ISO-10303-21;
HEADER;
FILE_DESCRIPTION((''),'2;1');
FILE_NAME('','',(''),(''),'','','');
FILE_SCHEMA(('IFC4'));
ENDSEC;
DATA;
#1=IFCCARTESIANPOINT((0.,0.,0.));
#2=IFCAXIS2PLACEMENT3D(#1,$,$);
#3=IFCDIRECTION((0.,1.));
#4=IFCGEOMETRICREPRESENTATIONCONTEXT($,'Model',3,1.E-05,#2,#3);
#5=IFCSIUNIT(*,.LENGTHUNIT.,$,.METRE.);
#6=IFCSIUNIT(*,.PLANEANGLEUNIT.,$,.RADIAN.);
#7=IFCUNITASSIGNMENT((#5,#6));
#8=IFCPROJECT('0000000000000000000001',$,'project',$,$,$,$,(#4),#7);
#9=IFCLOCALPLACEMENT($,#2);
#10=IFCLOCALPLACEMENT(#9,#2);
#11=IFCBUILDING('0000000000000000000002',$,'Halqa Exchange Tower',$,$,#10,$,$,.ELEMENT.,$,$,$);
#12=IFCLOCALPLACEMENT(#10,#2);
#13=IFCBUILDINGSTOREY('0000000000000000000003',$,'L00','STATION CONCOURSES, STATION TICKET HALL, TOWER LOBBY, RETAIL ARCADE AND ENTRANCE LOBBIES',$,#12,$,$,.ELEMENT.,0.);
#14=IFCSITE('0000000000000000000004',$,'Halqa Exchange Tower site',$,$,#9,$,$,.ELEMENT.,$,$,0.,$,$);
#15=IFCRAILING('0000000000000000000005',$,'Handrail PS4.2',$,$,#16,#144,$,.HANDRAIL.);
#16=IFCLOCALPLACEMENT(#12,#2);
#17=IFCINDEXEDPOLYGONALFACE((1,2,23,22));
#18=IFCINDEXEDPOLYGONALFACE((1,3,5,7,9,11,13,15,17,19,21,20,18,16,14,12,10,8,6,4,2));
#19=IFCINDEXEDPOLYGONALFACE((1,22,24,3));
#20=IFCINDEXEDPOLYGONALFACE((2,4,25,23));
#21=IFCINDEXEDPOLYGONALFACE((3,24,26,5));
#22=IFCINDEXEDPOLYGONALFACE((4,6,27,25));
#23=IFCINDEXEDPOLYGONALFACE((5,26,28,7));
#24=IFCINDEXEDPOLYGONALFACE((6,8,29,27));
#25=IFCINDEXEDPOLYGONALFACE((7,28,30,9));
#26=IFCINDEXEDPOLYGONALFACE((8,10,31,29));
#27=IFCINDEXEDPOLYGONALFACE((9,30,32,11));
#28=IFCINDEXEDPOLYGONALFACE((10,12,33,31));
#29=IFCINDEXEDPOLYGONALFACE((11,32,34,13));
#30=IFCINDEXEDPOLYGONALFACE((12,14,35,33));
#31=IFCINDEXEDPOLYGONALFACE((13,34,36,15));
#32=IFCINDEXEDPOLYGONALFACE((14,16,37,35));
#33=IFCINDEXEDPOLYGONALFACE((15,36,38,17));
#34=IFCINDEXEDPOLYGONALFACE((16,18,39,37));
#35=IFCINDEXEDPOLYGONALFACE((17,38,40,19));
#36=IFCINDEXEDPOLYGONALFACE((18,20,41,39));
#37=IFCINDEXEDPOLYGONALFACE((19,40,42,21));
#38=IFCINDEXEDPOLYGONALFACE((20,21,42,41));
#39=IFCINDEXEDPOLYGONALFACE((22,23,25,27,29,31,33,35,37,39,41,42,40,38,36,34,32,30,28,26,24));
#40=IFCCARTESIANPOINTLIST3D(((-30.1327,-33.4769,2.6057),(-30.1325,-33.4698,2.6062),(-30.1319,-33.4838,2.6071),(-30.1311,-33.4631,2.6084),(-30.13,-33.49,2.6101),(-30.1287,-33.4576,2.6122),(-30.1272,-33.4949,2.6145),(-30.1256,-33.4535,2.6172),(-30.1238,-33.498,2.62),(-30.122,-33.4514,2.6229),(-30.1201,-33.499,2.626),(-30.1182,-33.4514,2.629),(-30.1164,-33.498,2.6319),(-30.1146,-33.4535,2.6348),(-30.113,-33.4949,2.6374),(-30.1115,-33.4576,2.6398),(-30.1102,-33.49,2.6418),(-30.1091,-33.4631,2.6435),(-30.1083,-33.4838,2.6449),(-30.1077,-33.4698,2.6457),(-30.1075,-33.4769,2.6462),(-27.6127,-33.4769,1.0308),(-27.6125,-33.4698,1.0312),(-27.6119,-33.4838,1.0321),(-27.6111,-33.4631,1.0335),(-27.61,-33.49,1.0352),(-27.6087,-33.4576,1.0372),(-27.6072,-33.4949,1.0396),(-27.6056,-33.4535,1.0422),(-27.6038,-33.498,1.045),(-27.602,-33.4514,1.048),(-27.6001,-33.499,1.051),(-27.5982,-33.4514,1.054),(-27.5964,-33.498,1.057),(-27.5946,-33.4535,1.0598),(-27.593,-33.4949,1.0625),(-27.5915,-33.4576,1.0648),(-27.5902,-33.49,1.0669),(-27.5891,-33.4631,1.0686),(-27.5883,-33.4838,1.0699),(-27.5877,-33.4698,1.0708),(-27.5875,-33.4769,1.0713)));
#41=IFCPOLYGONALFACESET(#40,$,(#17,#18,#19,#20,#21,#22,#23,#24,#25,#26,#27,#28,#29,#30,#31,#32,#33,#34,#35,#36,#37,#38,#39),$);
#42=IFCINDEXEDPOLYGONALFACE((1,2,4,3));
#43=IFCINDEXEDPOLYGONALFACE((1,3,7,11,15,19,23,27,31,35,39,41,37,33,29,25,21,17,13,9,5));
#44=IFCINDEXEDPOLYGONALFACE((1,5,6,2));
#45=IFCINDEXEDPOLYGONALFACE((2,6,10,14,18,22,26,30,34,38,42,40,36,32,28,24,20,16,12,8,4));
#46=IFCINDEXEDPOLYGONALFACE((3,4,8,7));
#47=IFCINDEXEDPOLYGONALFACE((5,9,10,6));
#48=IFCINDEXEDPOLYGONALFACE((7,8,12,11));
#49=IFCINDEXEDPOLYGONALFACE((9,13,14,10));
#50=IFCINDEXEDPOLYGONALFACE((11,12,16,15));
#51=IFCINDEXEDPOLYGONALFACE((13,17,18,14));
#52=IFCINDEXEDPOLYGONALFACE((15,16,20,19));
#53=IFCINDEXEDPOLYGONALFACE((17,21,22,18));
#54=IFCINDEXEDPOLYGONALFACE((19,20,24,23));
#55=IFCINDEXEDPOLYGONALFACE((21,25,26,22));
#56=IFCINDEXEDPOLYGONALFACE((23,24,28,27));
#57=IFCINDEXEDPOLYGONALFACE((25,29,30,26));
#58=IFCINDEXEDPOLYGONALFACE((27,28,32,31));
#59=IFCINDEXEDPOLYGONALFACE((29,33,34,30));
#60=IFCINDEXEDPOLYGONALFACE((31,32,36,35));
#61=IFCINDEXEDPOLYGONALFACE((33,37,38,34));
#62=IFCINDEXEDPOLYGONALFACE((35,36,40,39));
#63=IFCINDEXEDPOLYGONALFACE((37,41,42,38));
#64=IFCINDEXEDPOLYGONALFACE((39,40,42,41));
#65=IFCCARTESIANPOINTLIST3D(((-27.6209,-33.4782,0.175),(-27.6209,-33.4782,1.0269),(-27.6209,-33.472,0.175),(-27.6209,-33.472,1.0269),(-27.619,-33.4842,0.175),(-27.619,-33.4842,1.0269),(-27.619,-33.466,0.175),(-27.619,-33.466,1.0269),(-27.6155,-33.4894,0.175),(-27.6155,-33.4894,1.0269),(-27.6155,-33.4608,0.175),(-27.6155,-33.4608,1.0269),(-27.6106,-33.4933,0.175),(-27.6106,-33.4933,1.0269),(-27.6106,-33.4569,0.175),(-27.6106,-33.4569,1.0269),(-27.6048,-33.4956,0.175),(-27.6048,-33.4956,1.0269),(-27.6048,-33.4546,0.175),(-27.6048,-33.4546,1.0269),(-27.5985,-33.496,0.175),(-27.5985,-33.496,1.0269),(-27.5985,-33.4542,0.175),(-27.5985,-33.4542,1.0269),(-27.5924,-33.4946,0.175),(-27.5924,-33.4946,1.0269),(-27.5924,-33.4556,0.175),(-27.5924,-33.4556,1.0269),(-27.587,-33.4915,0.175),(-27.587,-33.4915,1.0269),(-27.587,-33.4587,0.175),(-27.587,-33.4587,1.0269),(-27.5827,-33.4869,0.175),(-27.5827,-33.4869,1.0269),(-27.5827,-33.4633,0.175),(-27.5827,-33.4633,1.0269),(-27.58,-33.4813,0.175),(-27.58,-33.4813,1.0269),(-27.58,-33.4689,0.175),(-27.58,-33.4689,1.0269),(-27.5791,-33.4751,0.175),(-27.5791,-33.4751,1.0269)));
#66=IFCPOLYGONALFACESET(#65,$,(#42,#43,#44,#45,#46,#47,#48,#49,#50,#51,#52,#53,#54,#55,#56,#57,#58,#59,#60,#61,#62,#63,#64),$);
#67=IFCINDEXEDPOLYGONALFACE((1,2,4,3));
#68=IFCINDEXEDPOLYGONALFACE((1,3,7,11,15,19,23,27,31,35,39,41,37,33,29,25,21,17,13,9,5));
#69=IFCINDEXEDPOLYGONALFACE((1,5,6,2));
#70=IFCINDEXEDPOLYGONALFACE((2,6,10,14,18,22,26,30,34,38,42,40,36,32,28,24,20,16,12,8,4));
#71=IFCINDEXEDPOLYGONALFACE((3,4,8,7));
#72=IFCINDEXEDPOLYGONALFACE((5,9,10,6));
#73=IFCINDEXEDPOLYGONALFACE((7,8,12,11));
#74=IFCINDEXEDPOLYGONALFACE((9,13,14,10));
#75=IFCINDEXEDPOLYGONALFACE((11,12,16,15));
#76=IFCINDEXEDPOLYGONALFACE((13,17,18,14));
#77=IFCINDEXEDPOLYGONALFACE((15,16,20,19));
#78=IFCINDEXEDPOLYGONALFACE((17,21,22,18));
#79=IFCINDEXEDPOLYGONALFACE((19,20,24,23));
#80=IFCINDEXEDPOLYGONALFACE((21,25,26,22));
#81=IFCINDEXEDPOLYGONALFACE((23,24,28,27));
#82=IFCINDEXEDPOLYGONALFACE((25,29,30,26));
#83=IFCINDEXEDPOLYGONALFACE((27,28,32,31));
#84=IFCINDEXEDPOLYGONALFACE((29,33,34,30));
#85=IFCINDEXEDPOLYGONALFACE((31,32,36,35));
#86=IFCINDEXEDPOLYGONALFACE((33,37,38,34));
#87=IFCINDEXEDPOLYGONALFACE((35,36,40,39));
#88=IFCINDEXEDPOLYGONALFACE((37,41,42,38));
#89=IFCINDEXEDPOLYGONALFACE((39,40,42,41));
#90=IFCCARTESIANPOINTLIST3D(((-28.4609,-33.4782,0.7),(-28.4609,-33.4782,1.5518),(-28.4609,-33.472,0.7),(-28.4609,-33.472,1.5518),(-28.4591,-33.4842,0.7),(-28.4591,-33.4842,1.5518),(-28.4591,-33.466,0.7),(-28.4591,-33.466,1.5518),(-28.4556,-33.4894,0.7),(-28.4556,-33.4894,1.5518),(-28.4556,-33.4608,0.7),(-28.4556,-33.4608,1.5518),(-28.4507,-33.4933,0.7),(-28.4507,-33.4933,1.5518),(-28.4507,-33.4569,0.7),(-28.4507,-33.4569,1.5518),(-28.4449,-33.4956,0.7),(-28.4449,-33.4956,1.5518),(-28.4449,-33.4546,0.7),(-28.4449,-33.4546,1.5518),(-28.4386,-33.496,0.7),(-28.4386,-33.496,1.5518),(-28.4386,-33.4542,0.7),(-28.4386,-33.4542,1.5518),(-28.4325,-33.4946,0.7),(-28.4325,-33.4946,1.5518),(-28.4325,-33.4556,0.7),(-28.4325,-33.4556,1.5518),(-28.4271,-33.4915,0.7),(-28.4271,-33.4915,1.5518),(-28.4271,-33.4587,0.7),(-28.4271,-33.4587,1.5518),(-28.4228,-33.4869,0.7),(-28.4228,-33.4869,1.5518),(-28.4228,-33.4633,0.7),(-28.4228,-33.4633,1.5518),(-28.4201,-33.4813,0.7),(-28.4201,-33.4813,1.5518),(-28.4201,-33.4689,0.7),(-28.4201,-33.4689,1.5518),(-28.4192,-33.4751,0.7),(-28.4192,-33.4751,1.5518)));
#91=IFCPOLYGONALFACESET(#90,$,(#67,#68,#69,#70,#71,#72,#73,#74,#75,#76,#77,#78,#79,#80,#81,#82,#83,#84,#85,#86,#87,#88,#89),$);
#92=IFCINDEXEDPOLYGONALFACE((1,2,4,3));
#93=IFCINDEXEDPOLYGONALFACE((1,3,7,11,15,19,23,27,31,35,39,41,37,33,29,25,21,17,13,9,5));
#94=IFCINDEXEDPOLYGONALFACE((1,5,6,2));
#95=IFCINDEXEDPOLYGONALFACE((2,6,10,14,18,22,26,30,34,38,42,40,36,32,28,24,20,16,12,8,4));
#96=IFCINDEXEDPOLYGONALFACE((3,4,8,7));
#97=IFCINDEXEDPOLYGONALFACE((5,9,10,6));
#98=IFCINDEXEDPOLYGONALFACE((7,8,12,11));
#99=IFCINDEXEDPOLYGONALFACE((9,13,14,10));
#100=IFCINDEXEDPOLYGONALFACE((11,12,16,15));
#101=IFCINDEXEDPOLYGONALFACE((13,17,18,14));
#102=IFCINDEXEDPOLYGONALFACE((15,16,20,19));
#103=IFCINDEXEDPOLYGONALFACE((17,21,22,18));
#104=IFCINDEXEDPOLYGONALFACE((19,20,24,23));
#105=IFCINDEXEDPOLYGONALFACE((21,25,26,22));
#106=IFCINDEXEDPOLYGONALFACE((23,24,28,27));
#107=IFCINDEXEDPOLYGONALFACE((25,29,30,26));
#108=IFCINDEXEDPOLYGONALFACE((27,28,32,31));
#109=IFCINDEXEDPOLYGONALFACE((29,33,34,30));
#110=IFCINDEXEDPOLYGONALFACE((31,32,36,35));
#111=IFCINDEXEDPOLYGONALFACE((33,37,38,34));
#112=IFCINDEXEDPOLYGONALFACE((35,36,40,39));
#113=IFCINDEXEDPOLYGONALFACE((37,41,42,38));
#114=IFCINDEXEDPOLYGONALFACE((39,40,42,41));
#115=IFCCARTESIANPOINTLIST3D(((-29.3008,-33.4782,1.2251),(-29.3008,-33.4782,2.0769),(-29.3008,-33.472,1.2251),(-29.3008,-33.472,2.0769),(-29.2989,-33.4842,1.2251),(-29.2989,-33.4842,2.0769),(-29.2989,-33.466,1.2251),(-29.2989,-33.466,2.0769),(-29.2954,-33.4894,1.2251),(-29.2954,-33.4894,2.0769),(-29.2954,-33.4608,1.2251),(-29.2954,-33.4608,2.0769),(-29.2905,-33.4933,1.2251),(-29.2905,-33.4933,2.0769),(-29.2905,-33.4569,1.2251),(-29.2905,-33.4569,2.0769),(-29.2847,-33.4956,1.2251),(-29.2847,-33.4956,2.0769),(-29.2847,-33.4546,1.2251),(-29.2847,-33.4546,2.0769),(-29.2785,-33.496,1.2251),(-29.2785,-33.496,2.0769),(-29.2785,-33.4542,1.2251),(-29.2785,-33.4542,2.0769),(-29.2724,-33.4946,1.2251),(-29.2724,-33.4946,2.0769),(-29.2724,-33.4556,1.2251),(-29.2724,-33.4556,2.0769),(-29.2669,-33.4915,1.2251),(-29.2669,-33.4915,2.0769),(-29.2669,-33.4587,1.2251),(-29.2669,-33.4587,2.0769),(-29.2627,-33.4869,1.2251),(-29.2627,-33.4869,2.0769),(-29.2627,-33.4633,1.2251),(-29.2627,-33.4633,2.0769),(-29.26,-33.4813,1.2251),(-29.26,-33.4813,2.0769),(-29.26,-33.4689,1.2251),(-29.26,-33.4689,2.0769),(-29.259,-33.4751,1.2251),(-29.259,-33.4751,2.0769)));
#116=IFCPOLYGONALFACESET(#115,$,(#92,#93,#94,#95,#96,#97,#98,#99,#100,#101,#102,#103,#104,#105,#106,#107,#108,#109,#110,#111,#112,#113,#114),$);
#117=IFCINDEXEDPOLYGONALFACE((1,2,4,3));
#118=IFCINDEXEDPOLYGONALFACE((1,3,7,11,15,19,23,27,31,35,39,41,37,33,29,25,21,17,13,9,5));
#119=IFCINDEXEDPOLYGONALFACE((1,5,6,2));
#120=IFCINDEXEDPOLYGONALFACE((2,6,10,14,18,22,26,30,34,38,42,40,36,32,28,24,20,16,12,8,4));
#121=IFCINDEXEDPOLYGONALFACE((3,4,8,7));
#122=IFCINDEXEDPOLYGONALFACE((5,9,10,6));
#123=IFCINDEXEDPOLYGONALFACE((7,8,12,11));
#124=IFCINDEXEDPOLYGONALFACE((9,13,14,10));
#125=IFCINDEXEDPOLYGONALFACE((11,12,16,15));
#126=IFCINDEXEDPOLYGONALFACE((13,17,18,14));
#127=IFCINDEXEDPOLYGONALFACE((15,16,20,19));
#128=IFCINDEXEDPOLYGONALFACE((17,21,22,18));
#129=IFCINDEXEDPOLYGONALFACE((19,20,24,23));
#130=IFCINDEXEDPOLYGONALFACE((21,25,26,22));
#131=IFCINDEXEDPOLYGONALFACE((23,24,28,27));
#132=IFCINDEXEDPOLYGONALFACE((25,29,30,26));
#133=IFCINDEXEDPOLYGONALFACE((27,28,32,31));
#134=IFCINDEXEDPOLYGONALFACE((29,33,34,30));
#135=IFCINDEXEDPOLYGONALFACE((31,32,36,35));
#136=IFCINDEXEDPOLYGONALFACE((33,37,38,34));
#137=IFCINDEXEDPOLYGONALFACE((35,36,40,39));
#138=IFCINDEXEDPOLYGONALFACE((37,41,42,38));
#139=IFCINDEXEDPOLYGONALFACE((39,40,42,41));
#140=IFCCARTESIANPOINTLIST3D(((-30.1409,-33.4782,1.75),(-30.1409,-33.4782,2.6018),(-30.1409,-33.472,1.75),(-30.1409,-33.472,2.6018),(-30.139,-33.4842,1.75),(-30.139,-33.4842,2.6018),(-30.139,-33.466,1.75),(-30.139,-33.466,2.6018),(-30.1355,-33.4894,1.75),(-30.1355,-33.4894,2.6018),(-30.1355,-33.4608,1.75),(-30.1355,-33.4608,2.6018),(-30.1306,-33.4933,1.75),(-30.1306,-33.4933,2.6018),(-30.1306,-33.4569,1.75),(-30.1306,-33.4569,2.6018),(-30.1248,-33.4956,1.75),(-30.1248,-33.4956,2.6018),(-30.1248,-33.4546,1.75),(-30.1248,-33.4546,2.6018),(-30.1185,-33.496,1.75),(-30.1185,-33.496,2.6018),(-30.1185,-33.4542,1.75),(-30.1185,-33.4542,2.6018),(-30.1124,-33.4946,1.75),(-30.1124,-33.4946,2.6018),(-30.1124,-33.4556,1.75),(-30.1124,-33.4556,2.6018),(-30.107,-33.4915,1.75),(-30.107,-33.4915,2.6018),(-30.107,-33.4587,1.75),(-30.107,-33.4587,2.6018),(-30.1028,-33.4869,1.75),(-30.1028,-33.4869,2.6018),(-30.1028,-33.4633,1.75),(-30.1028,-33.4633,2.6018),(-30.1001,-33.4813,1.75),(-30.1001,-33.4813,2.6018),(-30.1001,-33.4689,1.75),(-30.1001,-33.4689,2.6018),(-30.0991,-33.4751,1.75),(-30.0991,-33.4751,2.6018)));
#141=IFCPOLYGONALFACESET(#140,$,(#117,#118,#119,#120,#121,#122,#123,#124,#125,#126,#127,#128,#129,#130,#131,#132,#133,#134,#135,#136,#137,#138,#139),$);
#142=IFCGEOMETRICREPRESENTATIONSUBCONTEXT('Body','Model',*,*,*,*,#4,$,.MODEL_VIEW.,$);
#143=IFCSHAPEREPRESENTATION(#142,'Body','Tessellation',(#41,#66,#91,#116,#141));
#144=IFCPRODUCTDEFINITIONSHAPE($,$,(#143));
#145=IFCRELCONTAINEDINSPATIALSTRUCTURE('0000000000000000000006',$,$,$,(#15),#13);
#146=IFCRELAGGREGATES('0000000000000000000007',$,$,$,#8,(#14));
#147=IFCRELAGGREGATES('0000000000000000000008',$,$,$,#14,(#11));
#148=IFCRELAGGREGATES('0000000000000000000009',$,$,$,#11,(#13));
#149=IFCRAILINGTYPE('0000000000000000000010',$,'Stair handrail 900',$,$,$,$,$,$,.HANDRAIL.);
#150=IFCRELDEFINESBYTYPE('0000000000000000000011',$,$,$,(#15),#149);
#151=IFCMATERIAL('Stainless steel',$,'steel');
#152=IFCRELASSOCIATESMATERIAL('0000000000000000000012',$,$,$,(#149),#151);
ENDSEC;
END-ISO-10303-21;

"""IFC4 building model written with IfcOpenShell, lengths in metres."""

from ifc_helpers import new_model, si_unit, direction, frame, origin, origin_2d, place, context, subcontext, project, spatial, circle, extrude, material, type_object, element, save


model = new_model("IFC4")

# Units and contexts
model_context = context("Model", 3, precision=1e-05, world=origin(), true_north=direction((0.0, 1.0)))
body_context = subcontext(model_context, "Body", "Model", "MODEL_VIEW")
ifc_project = project(units=[si_unit("LENGTHUNIT", "METRE"), si_unit("PLANEANGLEUNIT", "RADIAN")], contexts=[model_context])

# Site, building, storey
site_placement = place(None, origin())
site = spatial("IfcSite", under=ifc_project, at=site_placement, Name="Halqa Exchange Tower site", CompositionType="ELEMENT", RefElevation=0.0)
building_placement = place(site_placement, origin())
building = spatial("IfcBuilding", under=site, at=building_placement, Name="Halqa Exchange Tower", CompositionType="ELEMENT")
storey_placement = place(building_placement, origin())
storey = spatial("IfcBuildingStorey", under=building, at=storey_placement, Name="L00", Description="STATION CONCOURSES, STATION TICKET HALL, TOWER LOBBY, RETAIL ARCADE AND ENTRANCE LOBBIES", CompositionType="ELEMENT", Elevation=0.0)

# Railing
ifc_material_1 = material(Name="Stainless steel", Category="steel")
railing_type = type_object("IfcRailingType", Name="Stair handrail 900", PredefinedType="HANDRAIL", material=ifc_material_1)
for number, where, name in (
    (1, (-27.6001, -33.4751, 0.175), "Handrail PS4.2"),
):
    element("IfcRailing", number, at=place(storey_placement, frame(where)), inside=storey, type_object=railing_type, Name=name, PredefinedType="HANDRAIL", context=body_context, shape_type="SweptSolid", body=[
        extrude(circle(Radius=0.0239, at=origin_2d()), frame((0.0, 0.0, 0.876), z_axis=(-0.848008, 0.0, 0.529984), x_axis=(0.0, -1.0, 0.0)), (0.0, 0.0, 1.0), 2.9717),
        extrude(circle(Radius=0.021, at=origin_2d()), origin(), (0.0, 0.0, 1.0), 0.8518),
        extrude(circle(Radius=0.021, at=origin_2d()), frame((-0.8401, 0.0, 0.5249)), (0.0, 0.0, 1.0), 0.8518),
        extrude(circle(Radius=0.021, at=origin_2d()), frame((-1.6799, 0.0, 1.05)), (0.0, 0.0, 1.0), 0.8518),
        extrude(circle(Radius=0.021, at=origin_2d()), frame((-2.52, 0.0, 1.575)), (0.0, 0.0, 1.0), 0.8518),
    ])

save(model, "model.ifc")
